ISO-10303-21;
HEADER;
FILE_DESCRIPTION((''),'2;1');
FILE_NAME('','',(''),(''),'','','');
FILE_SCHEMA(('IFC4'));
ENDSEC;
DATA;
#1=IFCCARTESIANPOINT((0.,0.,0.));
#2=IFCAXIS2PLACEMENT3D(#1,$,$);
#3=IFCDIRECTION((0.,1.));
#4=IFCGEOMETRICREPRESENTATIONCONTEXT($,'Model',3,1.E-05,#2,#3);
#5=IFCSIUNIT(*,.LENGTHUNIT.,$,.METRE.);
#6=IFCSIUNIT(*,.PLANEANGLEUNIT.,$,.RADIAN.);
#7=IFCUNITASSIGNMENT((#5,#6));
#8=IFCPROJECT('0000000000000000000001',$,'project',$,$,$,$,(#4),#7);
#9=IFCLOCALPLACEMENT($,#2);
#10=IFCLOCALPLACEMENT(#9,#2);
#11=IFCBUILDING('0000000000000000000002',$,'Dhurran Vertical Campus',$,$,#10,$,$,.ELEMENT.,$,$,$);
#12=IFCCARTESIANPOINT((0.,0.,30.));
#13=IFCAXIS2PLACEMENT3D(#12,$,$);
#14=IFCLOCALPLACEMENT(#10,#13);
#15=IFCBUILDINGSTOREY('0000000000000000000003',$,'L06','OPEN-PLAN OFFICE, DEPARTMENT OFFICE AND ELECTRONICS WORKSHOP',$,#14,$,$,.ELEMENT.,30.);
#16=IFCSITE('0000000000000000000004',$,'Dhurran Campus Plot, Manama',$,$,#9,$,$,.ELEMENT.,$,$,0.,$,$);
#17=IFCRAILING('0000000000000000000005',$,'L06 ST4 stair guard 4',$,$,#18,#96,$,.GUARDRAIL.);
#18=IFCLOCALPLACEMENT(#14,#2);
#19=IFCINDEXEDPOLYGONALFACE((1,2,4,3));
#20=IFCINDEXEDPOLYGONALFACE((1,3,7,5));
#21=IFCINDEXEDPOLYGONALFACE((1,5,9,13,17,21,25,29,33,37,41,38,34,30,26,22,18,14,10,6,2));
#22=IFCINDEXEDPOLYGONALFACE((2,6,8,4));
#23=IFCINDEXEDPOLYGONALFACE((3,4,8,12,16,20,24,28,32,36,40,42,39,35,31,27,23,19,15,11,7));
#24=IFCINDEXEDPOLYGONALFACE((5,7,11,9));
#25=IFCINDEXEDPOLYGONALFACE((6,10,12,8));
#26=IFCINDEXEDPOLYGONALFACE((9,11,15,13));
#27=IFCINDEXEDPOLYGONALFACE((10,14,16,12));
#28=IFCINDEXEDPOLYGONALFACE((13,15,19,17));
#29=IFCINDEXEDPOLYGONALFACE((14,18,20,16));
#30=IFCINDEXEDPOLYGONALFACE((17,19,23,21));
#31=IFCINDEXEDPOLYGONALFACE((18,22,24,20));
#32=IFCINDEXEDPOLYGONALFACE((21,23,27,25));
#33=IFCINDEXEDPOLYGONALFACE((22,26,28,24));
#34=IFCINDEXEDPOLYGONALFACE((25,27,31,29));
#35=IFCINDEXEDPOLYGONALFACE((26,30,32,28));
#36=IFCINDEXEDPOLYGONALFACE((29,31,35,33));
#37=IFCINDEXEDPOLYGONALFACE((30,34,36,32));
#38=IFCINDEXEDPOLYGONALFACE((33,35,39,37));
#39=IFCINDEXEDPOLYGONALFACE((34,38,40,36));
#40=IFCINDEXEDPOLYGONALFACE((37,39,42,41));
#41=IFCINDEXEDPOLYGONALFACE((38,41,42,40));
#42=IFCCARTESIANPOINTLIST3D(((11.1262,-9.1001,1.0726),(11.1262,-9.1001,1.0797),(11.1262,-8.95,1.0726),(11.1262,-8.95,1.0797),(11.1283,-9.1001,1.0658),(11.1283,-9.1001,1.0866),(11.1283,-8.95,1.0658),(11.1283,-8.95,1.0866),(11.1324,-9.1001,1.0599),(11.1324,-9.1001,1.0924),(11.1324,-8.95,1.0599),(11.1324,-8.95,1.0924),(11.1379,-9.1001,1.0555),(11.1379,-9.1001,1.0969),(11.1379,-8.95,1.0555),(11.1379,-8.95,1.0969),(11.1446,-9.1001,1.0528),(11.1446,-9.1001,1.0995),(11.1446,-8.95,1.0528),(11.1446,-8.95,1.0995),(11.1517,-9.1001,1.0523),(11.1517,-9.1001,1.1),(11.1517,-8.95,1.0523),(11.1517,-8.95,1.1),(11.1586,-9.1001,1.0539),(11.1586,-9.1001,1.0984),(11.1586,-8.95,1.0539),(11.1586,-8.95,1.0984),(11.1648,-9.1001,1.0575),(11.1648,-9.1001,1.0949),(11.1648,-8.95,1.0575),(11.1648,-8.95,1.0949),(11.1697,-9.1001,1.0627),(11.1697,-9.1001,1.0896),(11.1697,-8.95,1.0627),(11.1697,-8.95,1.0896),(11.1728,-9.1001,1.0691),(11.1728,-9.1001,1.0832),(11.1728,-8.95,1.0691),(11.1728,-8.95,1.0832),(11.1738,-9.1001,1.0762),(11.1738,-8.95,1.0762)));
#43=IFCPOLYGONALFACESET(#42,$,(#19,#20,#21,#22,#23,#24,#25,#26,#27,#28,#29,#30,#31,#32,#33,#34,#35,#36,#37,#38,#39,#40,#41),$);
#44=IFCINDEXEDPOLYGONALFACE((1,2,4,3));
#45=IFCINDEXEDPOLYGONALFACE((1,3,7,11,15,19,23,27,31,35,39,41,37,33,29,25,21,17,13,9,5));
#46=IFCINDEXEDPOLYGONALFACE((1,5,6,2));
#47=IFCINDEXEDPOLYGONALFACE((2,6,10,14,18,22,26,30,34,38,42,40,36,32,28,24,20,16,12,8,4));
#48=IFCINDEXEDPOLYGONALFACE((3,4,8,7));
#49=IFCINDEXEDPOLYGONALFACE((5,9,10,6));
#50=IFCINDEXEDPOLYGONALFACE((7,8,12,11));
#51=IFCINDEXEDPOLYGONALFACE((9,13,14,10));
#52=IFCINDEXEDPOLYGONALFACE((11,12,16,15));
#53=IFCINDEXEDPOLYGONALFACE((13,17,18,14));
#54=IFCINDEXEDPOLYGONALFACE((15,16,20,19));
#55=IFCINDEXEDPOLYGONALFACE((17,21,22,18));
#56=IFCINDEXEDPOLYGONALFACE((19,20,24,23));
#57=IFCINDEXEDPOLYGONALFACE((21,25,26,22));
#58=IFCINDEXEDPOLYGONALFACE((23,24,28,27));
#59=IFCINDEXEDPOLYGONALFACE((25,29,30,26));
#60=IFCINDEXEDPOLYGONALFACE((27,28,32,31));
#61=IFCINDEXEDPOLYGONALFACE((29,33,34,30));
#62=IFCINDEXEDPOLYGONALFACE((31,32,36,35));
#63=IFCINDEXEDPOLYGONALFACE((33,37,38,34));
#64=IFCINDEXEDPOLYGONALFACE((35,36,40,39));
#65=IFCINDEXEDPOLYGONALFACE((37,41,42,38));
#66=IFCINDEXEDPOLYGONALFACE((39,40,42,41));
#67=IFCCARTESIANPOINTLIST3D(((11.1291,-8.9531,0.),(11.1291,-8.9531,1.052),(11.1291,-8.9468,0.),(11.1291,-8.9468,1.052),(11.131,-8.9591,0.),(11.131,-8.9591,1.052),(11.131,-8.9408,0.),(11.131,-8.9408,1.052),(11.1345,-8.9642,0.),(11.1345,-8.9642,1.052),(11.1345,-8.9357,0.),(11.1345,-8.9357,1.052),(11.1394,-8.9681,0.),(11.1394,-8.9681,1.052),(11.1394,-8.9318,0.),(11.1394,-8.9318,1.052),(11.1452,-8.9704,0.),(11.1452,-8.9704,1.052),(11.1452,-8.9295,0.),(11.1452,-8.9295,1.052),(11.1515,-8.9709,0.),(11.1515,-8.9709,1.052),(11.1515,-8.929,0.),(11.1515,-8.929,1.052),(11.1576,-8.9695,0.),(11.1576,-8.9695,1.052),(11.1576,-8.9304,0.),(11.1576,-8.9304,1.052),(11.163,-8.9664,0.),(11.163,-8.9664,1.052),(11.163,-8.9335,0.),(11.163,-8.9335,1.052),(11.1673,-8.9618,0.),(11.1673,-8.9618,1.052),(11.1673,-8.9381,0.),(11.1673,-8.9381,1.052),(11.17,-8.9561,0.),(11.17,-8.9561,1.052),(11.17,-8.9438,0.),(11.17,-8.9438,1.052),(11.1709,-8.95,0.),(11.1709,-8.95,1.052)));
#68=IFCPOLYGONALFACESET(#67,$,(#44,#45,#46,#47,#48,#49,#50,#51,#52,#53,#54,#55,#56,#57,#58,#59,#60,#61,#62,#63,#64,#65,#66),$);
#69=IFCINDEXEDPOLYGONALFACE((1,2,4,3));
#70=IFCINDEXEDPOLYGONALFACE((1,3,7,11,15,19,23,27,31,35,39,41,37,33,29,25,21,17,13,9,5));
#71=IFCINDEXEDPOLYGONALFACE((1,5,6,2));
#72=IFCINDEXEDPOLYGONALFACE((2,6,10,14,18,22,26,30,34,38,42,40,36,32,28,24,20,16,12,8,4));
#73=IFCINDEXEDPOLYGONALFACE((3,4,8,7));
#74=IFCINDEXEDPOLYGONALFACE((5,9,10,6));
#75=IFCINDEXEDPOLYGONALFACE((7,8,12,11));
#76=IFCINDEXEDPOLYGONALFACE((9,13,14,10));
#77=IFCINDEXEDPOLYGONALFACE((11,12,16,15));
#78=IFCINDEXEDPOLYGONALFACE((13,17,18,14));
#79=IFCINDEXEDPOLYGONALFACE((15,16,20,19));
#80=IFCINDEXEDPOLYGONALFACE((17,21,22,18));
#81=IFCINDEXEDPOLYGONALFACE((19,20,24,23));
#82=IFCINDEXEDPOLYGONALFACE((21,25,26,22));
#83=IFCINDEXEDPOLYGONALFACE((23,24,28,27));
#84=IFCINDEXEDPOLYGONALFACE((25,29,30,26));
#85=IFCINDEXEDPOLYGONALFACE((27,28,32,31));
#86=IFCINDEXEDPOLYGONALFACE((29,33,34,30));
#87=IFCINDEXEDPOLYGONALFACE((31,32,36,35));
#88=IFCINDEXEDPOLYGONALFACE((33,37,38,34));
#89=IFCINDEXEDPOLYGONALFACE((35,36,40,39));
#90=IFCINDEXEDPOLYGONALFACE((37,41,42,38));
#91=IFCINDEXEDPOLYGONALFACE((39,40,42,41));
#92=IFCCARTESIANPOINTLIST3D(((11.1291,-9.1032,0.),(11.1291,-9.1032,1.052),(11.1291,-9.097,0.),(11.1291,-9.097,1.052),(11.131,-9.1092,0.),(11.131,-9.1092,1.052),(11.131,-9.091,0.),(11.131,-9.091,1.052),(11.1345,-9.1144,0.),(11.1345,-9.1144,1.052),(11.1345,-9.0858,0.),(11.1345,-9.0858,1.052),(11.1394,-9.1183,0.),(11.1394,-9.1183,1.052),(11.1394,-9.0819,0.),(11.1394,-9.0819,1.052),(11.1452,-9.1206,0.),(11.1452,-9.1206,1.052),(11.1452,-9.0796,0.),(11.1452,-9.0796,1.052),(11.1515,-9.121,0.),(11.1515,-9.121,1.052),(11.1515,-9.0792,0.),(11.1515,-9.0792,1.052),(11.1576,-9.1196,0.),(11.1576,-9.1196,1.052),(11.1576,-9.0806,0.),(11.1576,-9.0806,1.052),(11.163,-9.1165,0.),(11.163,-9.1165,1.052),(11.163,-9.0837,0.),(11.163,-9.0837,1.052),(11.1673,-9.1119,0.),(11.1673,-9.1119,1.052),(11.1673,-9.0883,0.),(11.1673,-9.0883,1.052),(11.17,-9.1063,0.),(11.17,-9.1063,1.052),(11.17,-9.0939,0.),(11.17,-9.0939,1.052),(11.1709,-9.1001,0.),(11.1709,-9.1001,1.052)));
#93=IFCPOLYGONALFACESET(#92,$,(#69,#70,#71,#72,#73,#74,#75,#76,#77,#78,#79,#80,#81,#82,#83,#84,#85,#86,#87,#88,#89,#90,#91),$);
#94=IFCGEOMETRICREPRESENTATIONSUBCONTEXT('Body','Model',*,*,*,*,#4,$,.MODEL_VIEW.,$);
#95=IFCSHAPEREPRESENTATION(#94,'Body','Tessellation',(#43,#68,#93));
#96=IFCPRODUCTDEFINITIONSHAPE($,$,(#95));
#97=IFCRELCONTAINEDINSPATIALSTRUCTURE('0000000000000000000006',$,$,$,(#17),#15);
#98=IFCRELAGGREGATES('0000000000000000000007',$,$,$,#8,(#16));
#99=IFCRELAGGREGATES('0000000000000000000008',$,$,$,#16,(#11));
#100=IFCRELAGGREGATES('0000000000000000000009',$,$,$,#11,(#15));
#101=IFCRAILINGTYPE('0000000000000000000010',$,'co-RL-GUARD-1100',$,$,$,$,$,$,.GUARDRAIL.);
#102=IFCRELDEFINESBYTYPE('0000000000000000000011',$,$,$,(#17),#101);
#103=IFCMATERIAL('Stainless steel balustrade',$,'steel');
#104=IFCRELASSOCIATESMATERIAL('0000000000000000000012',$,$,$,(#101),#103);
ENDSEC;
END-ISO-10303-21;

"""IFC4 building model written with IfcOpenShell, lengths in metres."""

from ifc_helpers import new_model, si_unit, direction, frame, origin, origin_2d, place, context, subcontext, project, spatial, circle, extrude, material, type_object, element, save


model = new_model("IFC4")

# Units and contexts
model_context = context("Model", 3, precision=1e-05, world=origin(), true_north=direction((0.0, 1.0)))
body_context = subcontext(model_context, "Body", "Model", "MODEL_VIEW")
ifc_project = project(units=[si_unit("LENGTHUNIT", "METRE"), si_unit("PLANEANGLEUNIT", "RADIAN")], contexts=[model_context])

# Site, building, storey
site_placement = place(None, origin())
site = spatial("IfcSite", under=ifc_project, at=site_placement, Name="Dhurran Campus Plot, Manama", CompositionType="ELEMENT", RefElevation=0.0)
building_placement = place(site_placement, origin())
building = spatial("IfcBuilding", under=site, at=building_placement, Name="Dhurran Vertical Campus", CompositionType="ELEMENT")
storey_placement = place(building_placement, frame((0.0, 0.0, 30.0)))
storey = spatial("IfcBuildingStorey", under=building, at=storey_placement, Name="L06", Description="OPEN-PLAN OFFICE, DEPARTMENT OFFICE AND ELECTRONICS WORKSHOP", CompositionType="ELEMENT", Elevation=30.0)

# Railing
ifc_material_1 = material(Name="Stainless steel balustrade", Category="steel")
railing_type_1 = type_object("IfcRailingType", Name="co-RL-GUARD-1100", PredefinedType="GUARDRAIL", material=ifc_material_1)
railing_1_placement = place(storey_placement, frame((11.1499, -8.95, 0.0)))
element("IfcRailing", 1, at=railing_1_placement, inside=storey, type_object=railing_type_1, Name="L06 ST4 stair guard 4", PredefinedType="GUARDRAIL", context=body_context, shape_type="SweptSolid", body=[
    extrude(circle(Radius=0.0239, at=origin_2d()), frame((0.0, 0.0, 1.0762), z_axis=(0.0, -1.0, 0.0), x_axis=(1.0, 0.0, 0.0)), (0.0, 0.0, 1.0), 0.1501),
    extrude(circle(Radius=0.021, at=origin_2d()), origin(), (0.0, 0.0, 1.0), 1.052),
    extrude(circle(Radius=0.021, at=origin_2d()), frame((0.0, -0.1501, 0.0)), (0.0, 0.0, 1.0), 1.052),
])

save(model, "model.ifc")
